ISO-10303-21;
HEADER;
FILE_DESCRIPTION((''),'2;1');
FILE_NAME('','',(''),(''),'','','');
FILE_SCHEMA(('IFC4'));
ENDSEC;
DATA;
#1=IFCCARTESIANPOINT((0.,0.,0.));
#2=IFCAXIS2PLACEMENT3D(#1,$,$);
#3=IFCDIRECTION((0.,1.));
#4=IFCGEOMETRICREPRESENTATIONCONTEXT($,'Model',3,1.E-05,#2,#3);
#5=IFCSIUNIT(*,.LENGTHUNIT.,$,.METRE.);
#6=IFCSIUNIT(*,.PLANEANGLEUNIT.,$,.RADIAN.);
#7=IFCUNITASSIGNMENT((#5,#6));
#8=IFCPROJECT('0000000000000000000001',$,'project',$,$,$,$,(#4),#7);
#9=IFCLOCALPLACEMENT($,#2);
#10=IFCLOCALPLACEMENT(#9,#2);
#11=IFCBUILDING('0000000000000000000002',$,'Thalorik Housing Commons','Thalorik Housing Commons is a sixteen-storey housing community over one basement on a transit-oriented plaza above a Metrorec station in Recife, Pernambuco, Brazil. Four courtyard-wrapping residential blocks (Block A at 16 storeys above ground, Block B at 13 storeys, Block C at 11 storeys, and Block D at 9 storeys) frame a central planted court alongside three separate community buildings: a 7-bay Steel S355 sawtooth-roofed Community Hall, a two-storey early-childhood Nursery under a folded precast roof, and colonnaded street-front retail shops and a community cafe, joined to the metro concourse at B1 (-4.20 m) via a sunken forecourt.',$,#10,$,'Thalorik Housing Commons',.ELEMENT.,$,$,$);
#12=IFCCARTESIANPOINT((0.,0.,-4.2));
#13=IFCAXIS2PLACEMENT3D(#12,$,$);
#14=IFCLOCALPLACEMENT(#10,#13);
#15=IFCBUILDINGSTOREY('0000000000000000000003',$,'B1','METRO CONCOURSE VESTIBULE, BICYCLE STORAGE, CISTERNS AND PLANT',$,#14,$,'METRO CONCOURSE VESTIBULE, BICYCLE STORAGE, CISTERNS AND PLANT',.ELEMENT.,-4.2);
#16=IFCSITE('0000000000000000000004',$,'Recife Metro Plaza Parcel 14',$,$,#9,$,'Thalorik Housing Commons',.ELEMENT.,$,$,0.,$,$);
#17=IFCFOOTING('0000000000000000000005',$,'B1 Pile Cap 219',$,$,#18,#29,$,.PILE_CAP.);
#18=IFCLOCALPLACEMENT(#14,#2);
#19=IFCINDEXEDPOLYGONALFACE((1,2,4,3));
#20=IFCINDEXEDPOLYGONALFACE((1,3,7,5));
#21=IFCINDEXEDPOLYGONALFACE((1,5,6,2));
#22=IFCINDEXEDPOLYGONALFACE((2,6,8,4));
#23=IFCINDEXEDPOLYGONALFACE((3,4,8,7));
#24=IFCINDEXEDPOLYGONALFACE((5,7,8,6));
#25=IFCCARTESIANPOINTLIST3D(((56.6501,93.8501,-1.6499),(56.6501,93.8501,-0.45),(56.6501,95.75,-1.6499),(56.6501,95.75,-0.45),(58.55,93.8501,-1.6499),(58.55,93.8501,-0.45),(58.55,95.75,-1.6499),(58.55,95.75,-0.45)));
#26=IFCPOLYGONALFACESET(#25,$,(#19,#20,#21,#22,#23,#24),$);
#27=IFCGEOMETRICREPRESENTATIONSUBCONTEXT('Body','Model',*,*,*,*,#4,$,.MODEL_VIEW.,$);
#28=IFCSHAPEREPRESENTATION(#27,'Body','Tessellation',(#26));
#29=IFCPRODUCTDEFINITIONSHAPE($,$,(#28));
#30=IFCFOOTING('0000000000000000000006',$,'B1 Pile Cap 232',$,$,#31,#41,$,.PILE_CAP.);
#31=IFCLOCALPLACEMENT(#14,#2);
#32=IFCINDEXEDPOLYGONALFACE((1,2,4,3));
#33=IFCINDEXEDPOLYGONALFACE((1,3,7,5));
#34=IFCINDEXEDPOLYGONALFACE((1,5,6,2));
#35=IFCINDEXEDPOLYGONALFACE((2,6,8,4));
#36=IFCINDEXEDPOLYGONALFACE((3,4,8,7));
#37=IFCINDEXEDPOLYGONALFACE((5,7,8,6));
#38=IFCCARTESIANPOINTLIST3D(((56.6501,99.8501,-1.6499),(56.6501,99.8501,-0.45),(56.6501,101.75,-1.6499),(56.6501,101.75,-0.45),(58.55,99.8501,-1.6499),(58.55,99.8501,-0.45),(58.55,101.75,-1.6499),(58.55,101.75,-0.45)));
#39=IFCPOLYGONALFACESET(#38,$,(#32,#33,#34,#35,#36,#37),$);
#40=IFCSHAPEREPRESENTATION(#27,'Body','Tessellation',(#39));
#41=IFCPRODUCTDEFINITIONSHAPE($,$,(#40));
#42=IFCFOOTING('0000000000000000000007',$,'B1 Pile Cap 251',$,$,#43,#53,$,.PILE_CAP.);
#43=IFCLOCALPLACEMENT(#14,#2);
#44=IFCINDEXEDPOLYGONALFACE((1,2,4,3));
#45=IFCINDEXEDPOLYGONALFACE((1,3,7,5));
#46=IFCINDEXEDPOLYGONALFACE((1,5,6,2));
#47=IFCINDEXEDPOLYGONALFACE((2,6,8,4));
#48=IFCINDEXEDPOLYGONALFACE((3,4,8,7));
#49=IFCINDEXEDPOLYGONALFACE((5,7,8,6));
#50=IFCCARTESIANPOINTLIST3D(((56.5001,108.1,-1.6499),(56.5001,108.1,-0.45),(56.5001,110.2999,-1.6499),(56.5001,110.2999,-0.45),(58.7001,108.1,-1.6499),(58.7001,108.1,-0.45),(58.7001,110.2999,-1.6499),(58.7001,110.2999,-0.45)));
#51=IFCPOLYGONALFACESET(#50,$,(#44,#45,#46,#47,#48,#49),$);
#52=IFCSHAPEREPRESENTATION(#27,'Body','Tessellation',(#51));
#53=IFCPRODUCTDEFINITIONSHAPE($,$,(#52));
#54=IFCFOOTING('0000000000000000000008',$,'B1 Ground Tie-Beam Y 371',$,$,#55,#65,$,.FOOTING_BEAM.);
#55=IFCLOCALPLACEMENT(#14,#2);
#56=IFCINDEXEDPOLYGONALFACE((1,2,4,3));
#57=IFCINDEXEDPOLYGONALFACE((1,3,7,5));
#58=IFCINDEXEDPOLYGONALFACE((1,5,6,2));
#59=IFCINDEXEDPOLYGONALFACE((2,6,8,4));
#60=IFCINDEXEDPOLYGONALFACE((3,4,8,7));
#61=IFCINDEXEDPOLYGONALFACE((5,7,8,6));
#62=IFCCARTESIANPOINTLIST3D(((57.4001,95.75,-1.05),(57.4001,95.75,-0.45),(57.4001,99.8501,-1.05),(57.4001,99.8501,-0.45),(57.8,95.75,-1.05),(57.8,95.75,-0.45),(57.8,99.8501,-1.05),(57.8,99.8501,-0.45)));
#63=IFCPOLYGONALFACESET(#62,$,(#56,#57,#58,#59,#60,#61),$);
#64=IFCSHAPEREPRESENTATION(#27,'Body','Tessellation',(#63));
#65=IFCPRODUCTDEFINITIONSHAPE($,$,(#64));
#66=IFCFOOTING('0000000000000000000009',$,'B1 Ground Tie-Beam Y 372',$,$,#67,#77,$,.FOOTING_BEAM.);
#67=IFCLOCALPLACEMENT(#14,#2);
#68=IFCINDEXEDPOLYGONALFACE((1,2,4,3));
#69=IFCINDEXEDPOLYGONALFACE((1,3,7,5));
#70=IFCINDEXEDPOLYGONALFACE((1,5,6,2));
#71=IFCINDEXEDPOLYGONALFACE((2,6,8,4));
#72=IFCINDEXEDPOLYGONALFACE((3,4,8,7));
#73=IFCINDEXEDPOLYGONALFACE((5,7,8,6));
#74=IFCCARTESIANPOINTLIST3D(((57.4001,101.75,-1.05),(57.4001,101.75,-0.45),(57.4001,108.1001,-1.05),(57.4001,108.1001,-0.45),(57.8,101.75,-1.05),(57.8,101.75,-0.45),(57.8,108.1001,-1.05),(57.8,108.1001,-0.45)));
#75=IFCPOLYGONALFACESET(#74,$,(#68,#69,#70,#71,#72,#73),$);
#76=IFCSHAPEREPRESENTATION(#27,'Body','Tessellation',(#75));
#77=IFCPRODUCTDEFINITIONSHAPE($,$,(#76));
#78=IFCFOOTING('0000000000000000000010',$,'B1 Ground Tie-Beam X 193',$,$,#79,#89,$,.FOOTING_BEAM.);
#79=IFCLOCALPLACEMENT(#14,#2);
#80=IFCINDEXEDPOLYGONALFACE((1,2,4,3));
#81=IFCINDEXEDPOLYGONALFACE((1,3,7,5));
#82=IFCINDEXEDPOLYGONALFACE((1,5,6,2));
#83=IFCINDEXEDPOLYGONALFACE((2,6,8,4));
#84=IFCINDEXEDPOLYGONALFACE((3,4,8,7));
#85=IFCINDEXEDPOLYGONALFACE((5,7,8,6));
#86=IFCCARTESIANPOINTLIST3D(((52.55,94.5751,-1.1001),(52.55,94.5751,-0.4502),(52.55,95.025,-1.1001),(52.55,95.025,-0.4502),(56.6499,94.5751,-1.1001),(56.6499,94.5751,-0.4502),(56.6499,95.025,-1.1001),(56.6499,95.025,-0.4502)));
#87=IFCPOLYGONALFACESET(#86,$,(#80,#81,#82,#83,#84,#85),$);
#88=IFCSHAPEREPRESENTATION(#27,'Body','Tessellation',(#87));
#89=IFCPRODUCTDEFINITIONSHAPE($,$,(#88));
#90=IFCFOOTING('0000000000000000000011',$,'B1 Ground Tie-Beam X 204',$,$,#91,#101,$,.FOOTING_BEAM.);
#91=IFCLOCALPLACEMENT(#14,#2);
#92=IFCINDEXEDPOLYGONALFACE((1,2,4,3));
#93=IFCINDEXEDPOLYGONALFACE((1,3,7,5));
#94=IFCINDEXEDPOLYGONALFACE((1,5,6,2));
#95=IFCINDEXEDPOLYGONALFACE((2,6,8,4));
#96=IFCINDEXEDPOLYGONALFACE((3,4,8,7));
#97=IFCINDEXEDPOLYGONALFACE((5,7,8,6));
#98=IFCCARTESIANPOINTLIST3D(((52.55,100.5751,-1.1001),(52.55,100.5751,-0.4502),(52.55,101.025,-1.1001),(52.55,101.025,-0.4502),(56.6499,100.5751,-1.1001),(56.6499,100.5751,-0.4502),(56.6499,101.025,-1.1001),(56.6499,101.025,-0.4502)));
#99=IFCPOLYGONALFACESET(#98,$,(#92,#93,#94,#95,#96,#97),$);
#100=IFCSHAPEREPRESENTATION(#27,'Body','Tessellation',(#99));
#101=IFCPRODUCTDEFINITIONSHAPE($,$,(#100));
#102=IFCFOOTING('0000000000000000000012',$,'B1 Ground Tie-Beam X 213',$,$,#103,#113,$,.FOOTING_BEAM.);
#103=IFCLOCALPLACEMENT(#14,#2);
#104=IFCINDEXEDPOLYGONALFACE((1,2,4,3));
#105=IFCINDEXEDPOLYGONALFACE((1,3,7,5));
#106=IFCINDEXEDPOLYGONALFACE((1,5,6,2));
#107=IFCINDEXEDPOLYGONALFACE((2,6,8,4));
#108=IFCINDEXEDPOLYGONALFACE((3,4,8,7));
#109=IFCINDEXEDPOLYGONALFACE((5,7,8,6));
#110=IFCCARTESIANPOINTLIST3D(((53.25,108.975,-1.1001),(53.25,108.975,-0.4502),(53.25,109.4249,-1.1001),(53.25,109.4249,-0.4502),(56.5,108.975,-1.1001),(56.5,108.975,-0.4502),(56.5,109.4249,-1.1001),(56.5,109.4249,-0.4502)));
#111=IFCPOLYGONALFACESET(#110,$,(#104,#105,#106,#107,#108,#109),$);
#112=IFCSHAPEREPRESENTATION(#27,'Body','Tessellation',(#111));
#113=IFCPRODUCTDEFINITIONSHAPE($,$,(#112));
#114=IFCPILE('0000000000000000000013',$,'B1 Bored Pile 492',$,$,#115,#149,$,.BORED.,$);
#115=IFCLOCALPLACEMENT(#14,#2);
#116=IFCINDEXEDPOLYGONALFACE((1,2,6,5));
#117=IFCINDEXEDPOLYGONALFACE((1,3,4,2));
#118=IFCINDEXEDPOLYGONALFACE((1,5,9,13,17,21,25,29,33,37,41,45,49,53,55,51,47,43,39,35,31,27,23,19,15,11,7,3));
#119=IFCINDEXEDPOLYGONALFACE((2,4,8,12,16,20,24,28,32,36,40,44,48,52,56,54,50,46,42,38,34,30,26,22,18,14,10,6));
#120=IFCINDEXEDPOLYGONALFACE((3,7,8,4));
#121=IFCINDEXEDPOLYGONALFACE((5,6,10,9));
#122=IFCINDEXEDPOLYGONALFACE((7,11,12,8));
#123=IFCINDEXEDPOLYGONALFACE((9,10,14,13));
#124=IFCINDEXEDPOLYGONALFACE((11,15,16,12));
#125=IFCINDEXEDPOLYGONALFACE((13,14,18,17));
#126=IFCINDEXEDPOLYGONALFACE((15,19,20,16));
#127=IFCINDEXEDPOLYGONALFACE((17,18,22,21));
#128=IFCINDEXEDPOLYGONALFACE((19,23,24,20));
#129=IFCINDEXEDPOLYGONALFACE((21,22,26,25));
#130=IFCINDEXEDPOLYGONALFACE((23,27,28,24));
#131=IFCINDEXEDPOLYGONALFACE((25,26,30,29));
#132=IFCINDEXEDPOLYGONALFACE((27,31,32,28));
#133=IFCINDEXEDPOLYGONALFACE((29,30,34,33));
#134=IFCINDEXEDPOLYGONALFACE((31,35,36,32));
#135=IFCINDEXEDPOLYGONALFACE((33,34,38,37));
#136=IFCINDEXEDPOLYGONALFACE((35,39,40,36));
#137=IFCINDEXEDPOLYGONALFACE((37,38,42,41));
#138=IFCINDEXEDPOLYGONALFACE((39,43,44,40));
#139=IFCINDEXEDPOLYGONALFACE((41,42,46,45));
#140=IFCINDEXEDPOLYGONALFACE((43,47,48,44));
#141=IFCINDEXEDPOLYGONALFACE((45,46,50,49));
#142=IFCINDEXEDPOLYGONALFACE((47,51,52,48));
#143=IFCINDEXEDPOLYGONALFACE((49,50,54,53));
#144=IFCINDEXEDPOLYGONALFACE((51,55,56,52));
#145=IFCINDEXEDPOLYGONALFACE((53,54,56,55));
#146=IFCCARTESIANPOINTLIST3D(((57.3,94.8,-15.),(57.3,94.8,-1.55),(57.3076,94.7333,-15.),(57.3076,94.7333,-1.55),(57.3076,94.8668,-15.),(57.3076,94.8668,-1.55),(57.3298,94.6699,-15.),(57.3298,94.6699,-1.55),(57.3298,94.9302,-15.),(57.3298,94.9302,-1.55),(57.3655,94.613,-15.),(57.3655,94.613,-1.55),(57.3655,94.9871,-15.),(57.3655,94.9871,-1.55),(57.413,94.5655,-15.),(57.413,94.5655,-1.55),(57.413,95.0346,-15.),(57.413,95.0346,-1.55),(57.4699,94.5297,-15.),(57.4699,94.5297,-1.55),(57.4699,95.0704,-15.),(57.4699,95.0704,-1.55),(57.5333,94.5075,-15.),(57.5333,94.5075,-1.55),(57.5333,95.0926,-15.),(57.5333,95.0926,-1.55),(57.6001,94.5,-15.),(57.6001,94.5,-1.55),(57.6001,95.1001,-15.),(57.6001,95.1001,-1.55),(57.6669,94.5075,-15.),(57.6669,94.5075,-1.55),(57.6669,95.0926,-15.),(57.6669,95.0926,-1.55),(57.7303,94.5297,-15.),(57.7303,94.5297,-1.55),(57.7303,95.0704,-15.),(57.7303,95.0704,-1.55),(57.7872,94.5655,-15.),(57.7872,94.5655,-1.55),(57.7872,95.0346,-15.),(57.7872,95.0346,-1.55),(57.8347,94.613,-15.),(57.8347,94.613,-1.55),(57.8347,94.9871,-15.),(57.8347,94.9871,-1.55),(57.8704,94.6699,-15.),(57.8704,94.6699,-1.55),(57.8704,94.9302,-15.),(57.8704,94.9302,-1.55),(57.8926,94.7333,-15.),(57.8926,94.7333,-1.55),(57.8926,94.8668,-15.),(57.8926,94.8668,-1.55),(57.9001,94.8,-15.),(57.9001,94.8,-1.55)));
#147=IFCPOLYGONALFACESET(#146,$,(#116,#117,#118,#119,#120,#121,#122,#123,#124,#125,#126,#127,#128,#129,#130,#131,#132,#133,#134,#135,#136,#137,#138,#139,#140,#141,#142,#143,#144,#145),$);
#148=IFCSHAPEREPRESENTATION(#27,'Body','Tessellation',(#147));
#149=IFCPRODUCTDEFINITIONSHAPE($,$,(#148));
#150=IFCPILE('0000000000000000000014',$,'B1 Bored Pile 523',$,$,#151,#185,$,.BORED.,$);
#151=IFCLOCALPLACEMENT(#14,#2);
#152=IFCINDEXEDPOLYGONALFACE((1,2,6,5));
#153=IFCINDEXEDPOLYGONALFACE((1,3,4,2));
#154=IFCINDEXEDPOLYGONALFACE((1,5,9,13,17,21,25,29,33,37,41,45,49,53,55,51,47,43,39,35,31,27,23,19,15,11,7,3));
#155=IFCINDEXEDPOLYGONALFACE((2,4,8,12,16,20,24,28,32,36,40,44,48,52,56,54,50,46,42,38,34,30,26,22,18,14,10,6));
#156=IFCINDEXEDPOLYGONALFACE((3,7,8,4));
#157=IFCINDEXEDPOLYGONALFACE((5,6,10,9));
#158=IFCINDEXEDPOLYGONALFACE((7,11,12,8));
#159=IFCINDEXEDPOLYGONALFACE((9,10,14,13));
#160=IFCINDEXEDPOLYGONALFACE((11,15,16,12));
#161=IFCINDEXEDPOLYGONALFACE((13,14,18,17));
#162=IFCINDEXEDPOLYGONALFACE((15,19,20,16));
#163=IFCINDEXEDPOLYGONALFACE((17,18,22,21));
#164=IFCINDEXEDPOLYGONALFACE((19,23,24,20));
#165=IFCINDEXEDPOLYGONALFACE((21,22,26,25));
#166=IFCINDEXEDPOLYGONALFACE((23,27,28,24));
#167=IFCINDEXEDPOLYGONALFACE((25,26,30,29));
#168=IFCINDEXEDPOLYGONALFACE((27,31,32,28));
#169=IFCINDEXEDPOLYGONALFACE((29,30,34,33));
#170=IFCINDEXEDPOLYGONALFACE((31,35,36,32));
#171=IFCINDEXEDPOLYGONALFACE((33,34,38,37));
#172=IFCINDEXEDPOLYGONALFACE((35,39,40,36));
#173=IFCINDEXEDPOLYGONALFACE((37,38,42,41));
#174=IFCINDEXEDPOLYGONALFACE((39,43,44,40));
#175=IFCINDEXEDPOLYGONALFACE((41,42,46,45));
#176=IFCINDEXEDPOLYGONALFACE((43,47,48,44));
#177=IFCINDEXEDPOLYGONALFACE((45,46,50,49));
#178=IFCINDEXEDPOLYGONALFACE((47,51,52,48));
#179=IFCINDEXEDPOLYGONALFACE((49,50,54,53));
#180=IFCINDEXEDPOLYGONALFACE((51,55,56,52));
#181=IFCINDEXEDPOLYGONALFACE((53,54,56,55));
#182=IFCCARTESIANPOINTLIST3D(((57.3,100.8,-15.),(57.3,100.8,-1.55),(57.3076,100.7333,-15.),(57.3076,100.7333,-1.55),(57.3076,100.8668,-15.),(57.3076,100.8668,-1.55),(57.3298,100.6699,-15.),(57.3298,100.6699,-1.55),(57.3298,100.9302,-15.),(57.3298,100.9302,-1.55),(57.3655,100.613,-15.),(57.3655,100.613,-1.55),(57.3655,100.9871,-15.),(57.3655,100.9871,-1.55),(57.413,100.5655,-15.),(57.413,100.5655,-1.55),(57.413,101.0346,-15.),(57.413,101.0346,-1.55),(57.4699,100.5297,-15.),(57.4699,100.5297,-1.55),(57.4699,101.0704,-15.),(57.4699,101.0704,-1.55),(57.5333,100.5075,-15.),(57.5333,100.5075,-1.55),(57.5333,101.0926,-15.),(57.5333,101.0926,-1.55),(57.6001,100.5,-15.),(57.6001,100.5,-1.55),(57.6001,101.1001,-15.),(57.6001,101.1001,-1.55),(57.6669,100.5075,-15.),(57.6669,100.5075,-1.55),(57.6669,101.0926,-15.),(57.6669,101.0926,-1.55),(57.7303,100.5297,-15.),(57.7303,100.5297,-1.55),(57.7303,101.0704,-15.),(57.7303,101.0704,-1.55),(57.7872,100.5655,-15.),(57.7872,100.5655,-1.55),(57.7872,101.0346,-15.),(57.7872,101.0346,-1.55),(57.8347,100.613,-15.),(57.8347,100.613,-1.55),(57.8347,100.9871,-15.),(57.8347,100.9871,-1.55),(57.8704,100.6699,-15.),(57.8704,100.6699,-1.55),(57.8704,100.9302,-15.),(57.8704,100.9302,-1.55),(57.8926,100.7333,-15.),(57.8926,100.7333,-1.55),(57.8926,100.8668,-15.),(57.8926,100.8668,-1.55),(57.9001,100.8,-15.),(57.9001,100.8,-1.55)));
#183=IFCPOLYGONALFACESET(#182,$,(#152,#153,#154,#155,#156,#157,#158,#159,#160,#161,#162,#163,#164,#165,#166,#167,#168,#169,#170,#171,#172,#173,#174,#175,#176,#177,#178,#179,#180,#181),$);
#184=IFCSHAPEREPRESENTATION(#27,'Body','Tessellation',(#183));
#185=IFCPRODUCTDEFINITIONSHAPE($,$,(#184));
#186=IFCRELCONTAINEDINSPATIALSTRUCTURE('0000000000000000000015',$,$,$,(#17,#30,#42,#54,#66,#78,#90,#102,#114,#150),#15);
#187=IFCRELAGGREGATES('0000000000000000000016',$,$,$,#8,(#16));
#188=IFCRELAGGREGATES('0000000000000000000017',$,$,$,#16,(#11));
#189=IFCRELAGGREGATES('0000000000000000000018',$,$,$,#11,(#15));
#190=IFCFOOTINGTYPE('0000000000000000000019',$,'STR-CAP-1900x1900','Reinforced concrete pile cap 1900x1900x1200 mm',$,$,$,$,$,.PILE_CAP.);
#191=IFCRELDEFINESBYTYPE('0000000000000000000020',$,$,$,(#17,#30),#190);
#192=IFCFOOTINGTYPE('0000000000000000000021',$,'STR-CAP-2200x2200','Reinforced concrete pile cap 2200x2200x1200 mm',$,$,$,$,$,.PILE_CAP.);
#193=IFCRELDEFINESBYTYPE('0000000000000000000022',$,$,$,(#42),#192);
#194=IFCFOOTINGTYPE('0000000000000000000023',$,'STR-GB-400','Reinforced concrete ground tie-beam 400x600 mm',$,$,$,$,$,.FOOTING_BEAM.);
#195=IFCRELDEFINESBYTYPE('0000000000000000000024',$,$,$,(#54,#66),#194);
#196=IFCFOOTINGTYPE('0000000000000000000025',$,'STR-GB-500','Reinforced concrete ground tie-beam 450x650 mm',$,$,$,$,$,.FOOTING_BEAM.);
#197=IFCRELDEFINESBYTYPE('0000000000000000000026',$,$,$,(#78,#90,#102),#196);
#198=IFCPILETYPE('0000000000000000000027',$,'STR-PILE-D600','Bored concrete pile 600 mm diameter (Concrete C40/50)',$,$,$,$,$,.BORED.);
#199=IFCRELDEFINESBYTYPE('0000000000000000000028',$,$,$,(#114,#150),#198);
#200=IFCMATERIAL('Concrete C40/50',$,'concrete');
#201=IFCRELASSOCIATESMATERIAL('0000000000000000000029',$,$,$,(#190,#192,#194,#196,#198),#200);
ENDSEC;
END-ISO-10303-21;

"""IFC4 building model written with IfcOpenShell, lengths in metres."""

from ifc_helpers import new_model, si_unit, direction, frame, origin, origin_2d, place, context, subcontext, project, spatial, rectangle, circle, extrude, material, material_profile, profile_set, type_object, element, save


model = new_model("IFC4")

# Units and contexts
model_context = context("Model", 3, precision=1e-05, world=origin(), true_north=direction((0.0, 1.0)))
body_context = subcontext(model_context, "Body", "Model", "MODEL_VIEW")
ifc_project = project(units=[si_unit("LENGTHUNIT", "METRE"), si_unit("PLANEANGLEUNIT", "RADIAN")], contexts=[model_context])

# Site, building, storey
site_placement = place(None, origin())
site = spatial("IfcSite", under=ifc_project, at=site_placement, Name="Recife Metro Plaza Parcel 14", LongName="Thalorik Housing Commons", CompositionType="ELEMENT", RefElevation=0.0)
building_placement = place(site_placement, origin())
building = spatial("IfcBuilding", under=site, at=building_placement, Name="Thalorik Housing Commons", Description="Thalorik Housing Commons is a sixteen-storey housing community over one basement on a transit-oriented plaza above a Metrorec station in Recife, Pernambuco, Brazil. Four courtyard-wrapping residential blocks (Block A at 16 storeys above ground, Block B at 13 storeys, Block C at 11 storeys, and Block D at 9 storeys) frame a central planted court alongside three separate community buildings: a 7-bay Steel S355 sawtooth-roofed Community Hall, a two-storey early-childhood Nursery under a folded precast roof, and colonnaded street-front retail shops and a community cafe, joined to the metro concourse at B1 (-4.20 m) via a sunken forecourt.", LongName="Thalorik Housing Commons", CompositionType="ELEMENT")
storey_placement = place(building_placement, frame((0.0, 0.0, -4.2)))
storey = spatial("IfcBuildingStorey", under=building, at=storey_placement, Name="B1", Description="METRO CONCOURSE VESTIBULE, BICYCLE STORAGE, CISTERNS AND PLANT", LongName="METRO CONCOURSE VESTIBULE, BICYCLE STORAGE, CISTERNS AND PLANT", CompositionType="ELEMENT", Elevation=-4.2)

# Footings
ifc_material_1 = material(Name="Concrete C40/50", Category="concrete")
footing_type_1 = type_object("IfcFootingType", Name="STR-CAP-1900x1900", Description="Reinforced concrete pile cap 1900x1900x1200 mm", PredefinedType="PILE_CAP", material=ifc_material_1)
for number, where, z_axis, x_axis, name in (
    (1, (57.6001, 94.8, -1.6499), (0.0, 0.0, 1.0), (1.0, 0.0, 0.0), "B1 Pile Cap 219"),
    (2, (57.6001, 100.8, -1.6499), (0.0, 0.0, 1.0), (1.0, 0.0, 0.0), "B1 Pile Cap 232"),
):
    element("IfcFooting", number, at=place(storey_placement, frame(where, z_axis=z_axis, x_axis=x_axis)), inside=storey, type_object=footing_type_1, Name=name, PredefinedType="PILE_CAP", context=body_context, shape_type="SweptSolid", body=[
        extrude(rectangle(XDim=1.8999, YDim=1.8999, at=origin_2d()), origin(), (0.0, 0.0, 1.0), 1.2),
    ])
footing_type_2 = type_object("IfcFootingType", Name="STR-CAP-2200x2200", Description="Reinforced concrete pile cap 2200x2200x1200 mm", PredefinedType="PILE_CAP", material=ifc_material_1)
footing_1_placement = place(storey_placement, frame((57.6001, 109.2, -1.6499), z_axis=(0.0, 0.0, 1.0), x_axis=(1.0, 0.0, 0.0)))
element("IfcFooting", 3, at=footing_1_placement, inside=storey, type_object=footing_type_2, Name="B1 Pile Cap 251", PredefinedType="PILE_CAP", context=body_context, shape_type="SweptSolid", body=[
    extrude(rectangle(XDim=2.2, YDim=2.2, at=origin_2d()), origin(), (0.0, 0.0, 1.0), 1.2),
])
ifc_material_profile_1 = material_profile(ifc_material_1, rectangle(XDim=0.3999, YDim=0.6001, at=origin_2d()), Name="RC 400x600", Category="concrete")
ifc_profile_set_1 = profile_set([ifc_material_profile_1], Name="Concrete C40/50")
footing_type_3 = type_object("IfcFootingType", Name="STR-GB-400", Description="Reinforced concrete ground tie-beam 400x600 mm", PredefinedType="FOOTING_BEAM", material=ifc_profile_set_1)
footing_2_placement = place(storey_placement, frame((57.6001, 95.75, -0.75), z_axis=(0.0, 1.0, 0.0), x_axis=(-1.0, 0.0, 0.0)))
element("IfcFooting", 4, at=footing_2_placement, inside=storey, type_object=footing_type_3, Name="B1 Ground Tie-Beam Y 371", PredefinedType="FOOTING_BEAM", context=body_context, shape_type="SweptSolid", body=[
    extrude(rectangle(XDim=0.3999, YDim=0.6001, at=origin_2d()), origin(), (0.0, 0.0, 1.0), 4.1001),
])
footing_3_placement = place(storey_placement, frame((57.6001, 101.75, -0.75), z_axis=(0.0, 1.0, 0.0), x_axis=(-1.0, 0.0, 0.0)))
element("IfcFooting", 5, at=footing_3_placement, inside=storey, type_object=footing_type_3, Name="B1 Ground Tie-Beam Y 372", PredefinedType="FOOTING_BEAM", context=body_context, shape_type="SweptSolid", body=[
    extrude(rectangle(XDim=0.3999, YDim=0.6001, at=origin_2d()), origin(), (0.0, 0.0, 1.0), 6.3501),
])
ifc_material_profile_2 = material_profile(ifc_material_1, rectangle(XDim=0.45, YDim=0.6499, at=origin_2d()), Name="RC 450x650", Category="concrete")
ifc_profile_set_2 = profile_set([ifc_material_profile_2], Name="Concrete C40/50")
footing_type_4 = type_object("IfcFootingType", Name="STR-GB-500", Description="Reinforced concrete ground tie-beam 450x650 mm", PredefinedType="FOOTING_BEAM", material=ifc_profile_set_2)
for number, where, z_axis, x_axis, name in (
    (6, (52.55, 94.8, -0.7751), (1.0, 0.0, 0.0), (0.0, 1.0, 0.0), "B1 Ground Tie-Beam X 193"),
    (7, (52.55, 100.8, -0.7751), (1.0, 0.0, 0.0), (0.0, 1.0, 0.0), "B1 Ground Tie-Beam X 204"),
):
    element("IfcFooting", number, at=place(storey_placement, frame(where, z_axis=z_axis, x_axis=x_axis)), inside=storey, type_object=footing_type_4, Name=name, PredefinedType="FOOTING_BEAM", context=body_context, shape_type="SweptSolid", body=[
        extrude(rectangle(XDim=0.45, YDim=0.6499, at=origin_2d()), origin(), (0.0, 0.0, 1.0), 4.0999),
    ])
footing_4_placement = place(storey_placement, frame((53.25, 109.2, -0.7751), z_axis=(1.0, 0.0, 0.0), x_axis=(0.0, 1.0, 0.0)))
element("IfcFooting", 8, at=footing_4_placement, inside=storey, type_object=footing_type_4, Name="B1 Ground Tie-Beam X 213", PredefinedType="FOOTING_BEAM", context=body_context, shape_type="SweptSolid", body=[
    extrude(rectangle(XDim=0.45, YDim=0.6499, at=origin_2d()), origin(), (0.0, 0.0, 1.0), 3.25),
])

# Piles
ifc_material_profile_3 = material_profile(ifc_material_1, circle(Radius=0.3, at=origin_2d()), Name="BORED PILE D600", Category="concrete")
ifc_profile_set_3 = profile_set([ifc_material_profile_3], Name="Concrete C40/50")
pile_type_1 = type_object("IfcPileType", Name="STR-PILE-D600", Description="Bored concrete pile 600 mm diameter (Concrete C40/50)", PredefinedType="BORED", material=ifc_profile_set_3)
for number, where, z_axis, x_axis, name in (
    (9, (57.6001, 94.8, -1.55), (0.0, 0.0, -1.0), (1.0, 0.0, 0.0), "B1 Bored Pile 492"),
    (10, (57.6001, 100.8, -1.55), (0.0, 0.0, -1.0), (1.0, 0.0, 0.0), "B1 Bored Pile 523"),
):
    element("IfcPile", number, at=place(storey_placement, frame(where, z_axis=z_axis, x_axis=x_axis)), inside=storey, type_object=pile_type_1, Name=name, PredefinedType="BORED", context=body_context, shape_type="SweptSolid", body=[
        extrude(circle(Radius=0.3, at=origin_2d()), origin(), (0.0, 0.0, 1.0), 13.45),
    ])

save(model, "model.ifc")
